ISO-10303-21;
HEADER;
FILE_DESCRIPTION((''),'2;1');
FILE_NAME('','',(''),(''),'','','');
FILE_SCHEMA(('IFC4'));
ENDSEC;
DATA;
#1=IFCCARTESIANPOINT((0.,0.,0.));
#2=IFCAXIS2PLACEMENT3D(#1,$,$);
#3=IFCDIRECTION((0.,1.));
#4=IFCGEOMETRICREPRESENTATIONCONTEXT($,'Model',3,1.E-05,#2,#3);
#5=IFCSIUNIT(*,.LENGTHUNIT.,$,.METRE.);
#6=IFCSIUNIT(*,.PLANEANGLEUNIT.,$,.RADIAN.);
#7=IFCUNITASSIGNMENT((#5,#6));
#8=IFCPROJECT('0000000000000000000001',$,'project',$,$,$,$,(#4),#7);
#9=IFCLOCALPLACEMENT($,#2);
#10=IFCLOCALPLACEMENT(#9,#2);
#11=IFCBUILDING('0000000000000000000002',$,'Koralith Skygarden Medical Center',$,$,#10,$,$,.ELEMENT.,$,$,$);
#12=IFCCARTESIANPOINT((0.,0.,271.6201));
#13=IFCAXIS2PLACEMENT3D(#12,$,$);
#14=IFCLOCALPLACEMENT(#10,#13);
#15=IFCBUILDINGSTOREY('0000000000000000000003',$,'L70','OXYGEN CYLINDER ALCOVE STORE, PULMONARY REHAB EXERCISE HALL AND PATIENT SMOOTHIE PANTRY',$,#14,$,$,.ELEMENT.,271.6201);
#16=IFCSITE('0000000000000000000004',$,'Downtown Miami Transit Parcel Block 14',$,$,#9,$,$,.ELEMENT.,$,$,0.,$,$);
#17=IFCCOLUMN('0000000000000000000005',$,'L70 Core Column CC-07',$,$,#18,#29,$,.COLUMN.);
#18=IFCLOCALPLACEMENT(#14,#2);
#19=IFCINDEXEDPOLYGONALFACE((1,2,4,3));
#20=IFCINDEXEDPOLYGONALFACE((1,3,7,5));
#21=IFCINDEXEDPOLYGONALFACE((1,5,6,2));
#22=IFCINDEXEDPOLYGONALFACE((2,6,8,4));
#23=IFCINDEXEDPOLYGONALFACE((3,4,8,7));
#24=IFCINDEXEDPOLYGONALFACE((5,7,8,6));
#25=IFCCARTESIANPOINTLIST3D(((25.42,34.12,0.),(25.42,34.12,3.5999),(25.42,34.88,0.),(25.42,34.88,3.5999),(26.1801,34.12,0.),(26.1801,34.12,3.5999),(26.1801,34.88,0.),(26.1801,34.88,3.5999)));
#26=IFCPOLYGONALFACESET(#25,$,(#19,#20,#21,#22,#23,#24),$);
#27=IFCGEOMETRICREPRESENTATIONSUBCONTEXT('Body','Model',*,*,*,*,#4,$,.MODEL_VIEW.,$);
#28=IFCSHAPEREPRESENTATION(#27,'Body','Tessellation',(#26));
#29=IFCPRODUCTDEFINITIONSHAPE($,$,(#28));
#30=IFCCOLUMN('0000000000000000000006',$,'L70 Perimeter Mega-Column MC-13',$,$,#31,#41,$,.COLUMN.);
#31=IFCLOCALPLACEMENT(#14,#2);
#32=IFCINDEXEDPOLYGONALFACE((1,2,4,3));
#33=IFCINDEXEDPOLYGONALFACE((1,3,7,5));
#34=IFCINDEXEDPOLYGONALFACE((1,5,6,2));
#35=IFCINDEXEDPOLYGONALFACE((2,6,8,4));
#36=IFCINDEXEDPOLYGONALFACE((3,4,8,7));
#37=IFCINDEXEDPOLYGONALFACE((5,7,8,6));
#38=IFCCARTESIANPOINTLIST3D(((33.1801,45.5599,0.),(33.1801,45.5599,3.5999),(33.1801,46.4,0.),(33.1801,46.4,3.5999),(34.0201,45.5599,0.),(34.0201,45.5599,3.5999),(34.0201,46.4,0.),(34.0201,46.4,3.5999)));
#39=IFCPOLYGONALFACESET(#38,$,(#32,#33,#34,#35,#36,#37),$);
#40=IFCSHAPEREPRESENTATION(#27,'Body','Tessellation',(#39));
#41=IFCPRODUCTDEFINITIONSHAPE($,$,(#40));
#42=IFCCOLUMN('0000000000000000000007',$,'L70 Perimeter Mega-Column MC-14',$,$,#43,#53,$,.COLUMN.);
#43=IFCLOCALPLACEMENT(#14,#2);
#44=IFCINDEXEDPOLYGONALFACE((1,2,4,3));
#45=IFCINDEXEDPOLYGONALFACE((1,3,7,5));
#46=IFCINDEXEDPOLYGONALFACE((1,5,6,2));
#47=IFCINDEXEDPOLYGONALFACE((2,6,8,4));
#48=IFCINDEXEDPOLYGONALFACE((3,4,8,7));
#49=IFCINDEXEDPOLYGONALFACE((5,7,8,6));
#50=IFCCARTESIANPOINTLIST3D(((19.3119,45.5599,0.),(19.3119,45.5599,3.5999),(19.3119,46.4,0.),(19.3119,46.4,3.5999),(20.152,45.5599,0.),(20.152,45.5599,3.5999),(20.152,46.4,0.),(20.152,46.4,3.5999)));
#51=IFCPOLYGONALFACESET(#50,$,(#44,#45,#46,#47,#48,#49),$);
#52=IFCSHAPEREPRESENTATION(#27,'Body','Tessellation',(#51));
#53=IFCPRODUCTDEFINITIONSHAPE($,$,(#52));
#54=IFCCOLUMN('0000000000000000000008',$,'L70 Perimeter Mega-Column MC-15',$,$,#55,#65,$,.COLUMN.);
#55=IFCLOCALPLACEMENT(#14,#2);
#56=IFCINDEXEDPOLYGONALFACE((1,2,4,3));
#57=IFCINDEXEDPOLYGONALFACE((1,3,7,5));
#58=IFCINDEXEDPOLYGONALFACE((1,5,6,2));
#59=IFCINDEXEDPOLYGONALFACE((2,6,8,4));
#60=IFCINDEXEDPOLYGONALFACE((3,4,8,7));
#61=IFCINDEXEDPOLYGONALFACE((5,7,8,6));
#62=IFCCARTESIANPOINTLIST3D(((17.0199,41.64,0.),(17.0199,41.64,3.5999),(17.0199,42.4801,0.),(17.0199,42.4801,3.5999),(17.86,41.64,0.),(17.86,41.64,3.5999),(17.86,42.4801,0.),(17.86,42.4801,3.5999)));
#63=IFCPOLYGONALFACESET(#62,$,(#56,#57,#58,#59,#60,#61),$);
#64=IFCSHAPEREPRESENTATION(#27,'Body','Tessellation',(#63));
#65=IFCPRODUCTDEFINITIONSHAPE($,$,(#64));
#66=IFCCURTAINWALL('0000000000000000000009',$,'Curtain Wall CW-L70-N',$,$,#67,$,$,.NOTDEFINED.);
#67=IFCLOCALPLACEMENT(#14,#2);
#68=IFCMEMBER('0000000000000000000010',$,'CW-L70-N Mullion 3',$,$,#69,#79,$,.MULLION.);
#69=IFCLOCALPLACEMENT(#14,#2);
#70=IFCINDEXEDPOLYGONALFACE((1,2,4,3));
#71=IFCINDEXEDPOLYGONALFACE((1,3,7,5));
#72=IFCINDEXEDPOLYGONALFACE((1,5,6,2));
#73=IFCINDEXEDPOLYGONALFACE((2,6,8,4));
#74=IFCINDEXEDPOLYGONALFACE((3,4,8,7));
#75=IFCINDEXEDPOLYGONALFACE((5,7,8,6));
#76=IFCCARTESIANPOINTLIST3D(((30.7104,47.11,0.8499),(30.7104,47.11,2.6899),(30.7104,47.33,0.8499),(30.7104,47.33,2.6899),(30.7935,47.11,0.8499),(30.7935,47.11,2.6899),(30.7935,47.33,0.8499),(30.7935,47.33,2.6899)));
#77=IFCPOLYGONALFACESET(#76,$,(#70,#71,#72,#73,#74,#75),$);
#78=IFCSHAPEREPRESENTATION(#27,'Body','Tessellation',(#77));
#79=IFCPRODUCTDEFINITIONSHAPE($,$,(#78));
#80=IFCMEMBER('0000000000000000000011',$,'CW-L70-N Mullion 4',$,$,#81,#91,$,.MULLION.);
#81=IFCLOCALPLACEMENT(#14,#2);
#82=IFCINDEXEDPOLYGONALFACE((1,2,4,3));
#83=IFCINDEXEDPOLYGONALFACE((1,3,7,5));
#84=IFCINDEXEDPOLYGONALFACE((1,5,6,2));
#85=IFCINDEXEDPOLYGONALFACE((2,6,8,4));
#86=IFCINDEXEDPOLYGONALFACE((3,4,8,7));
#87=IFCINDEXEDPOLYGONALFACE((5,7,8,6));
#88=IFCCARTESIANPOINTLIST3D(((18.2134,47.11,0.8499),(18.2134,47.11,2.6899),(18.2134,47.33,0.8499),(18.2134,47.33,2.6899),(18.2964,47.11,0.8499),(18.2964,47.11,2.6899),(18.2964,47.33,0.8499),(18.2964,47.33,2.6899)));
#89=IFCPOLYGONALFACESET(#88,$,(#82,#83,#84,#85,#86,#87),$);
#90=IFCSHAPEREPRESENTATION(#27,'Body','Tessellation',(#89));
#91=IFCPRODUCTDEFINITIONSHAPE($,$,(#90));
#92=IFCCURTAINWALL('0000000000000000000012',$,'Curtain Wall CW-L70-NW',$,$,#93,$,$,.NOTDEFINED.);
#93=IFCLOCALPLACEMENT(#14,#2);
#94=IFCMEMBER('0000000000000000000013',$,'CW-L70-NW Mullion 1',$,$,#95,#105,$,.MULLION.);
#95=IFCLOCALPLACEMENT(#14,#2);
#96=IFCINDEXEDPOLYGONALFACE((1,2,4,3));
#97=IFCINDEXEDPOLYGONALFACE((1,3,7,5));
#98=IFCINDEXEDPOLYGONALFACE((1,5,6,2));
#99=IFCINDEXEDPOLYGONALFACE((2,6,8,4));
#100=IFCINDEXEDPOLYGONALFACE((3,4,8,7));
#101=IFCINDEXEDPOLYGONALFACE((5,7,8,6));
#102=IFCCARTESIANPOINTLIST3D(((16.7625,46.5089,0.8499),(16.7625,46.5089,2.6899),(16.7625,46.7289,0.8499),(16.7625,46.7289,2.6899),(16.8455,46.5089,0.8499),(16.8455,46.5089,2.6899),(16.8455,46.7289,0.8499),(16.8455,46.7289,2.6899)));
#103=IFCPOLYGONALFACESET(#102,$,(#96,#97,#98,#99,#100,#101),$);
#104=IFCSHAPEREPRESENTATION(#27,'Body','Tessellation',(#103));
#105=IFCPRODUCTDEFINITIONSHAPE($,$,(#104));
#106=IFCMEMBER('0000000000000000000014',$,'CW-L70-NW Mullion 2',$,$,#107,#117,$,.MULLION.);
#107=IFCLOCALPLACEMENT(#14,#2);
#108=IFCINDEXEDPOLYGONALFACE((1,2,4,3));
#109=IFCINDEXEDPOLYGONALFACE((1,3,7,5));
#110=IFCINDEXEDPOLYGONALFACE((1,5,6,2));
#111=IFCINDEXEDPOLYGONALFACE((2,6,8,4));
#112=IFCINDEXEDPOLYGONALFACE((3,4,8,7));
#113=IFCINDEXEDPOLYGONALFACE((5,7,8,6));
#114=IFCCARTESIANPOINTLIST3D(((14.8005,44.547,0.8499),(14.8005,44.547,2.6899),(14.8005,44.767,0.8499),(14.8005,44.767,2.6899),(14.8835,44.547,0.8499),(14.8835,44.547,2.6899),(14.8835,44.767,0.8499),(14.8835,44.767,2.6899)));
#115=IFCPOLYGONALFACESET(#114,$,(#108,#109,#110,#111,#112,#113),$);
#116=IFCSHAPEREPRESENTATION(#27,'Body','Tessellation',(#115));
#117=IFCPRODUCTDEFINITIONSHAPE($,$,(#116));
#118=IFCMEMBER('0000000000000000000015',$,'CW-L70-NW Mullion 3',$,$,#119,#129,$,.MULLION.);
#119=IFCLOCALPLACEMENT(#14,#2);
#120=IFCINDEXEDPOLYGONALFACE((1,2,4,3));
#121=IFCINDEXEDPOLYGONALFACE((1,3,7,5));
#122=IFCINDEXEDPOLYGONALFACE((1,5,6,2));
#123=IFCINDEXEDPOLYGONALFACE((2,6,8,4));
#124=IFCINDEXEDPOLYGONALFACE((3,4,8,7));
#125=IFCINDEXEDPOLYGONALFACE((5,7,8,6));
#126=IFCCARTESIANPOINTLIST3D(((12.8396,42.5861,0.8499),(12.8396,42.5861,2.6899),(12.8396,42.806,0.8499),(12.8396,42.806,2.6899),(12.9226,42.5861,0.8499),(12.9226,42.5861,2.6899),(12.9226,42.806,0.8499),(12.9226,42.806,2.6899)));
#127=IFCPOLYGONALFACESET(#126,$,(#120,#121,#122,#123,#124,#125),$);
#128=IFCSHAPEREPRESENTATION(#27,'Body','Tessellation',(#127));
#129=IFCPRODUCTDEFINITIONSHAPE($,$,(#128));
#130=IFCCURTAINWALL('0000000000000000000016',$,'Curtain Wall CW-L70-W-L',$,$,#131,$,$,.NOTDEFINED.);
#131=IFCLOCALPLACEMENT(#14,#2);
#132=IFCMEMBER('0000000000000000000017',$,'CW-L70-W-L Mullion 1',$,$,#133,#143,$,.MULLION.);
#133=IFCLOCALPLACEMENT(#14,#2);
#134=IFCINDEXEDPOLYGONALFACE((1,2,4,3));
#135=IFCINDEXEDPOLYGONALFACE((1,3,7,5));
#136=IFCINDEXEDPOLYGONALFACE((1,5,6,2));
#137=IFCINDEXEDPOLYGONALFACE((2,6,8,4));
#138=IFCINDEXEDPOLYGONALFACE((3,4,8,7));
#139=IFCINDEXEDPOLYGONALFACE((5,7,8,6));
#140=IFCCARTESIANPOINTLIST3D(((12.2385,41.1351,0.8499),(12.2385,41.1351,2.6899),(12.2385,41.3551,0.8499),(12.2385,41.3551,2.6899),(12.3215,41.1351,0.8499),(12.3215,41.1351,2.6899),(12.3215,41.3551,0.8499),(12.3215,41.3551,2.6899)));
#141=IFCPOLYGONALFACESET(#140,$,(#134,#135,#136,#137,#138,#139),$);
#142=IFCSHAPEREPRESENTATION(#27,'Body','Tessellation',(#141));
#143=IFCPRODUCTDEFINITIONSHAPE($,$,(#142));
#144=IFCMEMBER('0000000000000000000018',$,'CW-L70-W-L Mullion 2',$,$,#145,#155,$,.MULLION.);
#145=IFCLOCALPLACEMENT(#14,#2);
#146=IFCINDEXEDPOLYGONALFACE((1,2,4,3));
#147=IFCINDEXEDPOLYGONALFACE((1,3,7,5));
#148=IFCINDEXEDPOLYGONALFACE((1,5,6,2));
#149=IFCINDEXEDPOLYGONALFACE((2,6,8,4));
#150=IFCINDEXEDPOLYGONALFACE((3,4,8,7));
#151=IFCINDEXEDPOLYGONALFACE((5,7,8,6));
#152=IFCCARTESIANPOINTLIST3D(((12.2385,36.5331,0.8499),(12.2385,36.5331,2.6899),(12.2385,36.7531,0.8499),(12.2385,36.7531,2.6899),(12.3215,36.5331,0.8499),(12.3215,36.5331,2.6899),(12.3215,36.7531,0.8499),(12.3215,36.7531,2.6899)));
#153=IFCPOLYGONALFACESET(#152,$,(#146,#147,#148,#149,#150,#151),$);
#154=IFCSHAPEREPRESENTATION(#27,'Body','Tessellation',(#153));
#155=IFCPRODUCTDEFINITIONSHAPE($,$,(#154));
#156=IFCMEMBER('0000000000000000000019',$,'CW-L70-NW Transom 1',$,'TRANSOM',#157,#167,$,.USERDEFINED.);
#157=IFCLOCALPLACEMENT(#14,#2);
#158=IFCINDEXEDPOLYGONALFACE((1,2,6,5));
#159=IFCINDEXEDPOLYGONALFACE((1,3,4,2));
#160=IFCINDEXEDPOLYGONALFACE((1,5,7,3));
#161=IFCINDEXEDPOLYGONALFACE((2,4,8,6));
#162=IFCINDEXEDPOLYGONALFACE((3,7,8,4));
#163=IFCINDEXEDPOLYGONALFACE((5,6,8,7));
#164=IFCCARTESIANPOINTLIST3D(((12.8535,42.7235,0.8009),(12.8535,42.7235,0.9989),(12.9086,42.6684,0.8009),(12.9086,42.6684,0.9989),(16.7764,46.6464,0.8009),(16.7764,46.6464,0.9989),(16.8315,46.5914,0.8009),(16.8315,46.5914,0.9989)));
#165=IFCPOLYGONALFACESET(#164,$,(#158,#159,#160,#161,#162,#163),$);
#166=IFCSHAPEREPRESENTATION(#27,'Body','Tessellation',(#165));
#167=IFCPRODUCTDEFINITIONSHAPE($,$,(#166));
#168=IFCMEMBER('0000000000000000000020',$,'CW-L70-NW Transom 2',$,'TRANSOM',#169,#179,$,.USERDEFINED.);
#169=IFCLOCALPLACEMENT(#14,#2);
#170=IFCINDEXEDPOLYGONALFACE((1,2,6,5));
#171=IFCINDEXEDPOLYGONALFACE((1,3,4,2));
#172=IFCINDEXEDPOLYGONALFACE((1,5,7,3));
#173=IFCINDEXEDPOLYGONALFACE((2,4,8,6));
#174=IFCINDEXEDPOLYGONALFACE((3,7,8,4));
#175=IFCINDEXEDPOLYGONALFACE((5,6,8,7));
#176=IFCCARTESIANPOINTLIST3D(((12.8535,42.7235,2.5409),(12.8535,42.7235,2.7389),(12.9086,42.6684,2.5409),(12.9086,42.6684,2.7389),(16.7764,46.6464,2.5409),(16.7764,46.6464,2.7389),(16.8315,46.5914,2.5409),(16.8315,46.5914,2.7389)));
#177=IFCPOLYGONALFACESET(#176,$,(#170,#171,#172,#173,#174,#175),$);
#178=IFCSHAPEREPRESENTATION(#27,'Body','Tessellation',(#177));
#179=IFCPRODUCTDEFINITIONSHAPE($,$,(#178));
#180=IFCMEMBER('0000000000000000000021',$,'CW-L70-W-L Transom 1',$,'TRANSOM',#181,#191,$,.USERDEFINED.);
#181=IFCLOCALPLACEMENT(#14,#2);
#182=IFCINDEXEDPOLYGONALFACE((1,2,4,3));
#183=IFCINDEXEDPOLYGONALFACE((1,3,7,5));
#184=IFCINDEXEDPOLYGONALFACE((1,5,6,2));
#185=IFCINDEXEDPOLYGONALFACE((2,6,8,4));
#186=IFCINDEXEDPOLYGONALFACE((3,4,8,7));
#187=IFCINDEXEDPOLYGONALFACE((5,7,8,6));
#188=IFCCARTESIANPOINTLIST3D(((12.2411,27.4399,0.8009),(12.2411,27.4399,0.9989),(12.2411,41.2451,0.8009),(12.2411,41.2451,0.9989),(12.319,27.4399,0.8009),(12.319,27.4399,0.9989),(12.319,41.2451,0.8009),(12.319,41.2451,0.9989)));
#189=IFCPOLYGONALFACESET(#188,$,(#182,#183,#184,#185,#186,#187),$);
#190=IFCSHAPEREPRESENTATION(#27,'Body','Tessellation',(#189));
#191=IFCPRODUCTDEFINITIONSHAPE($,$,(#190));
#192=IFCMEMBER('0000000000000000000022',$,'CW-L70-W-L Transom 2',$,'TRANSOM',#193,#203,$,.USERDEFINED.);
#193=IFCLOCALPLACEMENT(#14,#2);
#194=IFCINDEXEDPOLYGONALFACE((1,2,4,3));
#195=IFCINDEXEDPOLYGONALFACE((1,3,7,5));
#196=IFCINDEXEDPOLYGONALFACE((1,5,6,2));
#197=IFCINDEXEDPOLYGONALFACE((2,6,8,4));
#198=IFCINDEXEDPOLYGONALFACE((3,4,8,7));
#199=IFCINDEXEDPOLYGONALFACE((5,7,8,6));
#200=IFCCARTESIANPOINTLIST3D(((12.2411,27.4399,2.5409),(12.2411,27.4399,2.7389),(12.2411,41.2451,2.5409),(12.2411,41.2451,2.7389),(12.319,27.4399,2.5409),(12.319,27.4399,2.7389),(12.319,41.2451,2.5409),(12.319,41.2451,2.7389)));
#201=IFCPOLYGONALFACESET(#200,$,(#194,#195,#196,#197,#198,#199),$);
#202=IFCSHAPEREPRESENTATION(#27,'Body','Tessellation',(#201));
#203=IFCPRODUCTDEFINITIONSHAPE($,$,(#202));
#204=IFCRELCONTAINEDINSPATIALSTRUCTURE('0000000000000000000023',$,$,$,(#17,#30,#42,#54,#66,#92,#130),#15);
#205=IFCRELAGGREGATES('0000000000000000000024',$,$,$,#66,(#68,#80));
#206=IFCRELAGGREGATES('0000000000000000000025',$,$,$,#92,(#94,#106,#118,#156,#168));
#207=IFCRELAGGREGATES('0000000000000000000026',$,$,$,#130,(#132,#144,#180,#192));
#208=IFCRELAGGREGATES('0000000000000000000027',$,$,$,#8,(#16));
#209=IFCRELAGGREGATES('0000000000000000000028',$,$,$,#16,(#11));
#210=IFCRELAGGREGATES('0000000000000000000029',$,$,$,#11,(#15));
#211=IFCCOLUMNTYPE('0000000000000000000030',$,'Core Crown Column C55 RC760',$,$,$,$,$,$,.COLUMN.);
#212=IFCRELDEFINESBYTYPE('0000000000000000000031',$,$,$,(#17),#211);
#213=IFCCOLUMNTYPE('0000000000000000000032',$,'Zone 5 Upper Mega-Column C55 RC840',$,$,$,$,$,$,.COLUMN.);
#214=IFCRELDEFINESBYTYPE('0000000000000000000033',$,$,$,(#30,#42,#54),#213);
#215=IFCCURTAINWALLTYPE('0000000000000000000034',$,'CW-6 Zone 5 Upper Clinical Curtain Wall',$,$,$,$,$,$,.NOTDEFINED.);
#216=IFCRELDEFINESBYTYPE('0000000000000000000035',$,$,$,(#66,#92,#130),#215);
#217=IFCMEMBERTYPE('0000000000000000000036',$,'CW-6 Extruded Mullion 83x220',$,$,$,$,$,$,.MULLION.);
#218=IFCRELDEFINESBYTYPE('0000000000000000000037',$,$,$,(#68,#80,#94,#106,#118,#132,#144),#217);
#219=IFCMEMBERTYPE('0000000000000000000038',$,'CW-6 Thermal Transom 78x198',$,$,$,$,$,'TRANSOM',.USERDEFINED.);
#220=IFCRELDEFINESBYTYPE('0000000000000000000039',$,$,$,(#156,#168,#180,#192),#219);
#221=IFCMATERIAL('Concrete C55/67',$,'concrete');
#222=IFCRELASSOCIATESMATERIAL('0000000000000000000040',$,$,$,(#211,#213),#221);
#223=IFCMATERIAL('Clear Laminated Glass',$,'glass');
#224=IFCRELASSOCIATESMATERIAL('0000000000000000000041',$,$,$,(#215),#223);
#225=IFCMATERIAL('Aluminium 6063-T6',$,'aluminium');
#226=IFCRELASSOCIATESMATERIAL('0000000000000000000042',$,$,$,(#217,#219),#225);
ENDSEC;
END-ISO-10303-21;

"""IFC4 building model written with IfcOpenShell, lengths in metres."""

from ifc_helpers import new_model, si_unit, direction, frame, origin, origin_2d, place, context, subcontext, project, spatial, rectangle, extrude, material, material_profile, profile_set, type_object, element, aggregate, save


model = new_model("IFC4")

# Units and contexts
model_context = context("Model", 3, precision=1e-05, world=origin(), true_north=direction((0.0, 1.0)))
body_context = subcontext(model_context, "Body", "Model", "MODEL_VIEW")
ifc_project = project(units=[si_unit("LENGTHUNIT", "METRE"), si_unit("PLANEANGLEUNIT", "RADIAN")], contexts=[model_context])

# Site, building, storey
site_placement = place(None, origin())
site = spatial("IfcSite", under=ifc_project, at=site_placement, Name="Downtown Miami Transit Parcel Block 14", CompositionType="ELEMENT", RefElevation=0.0)
building_placement = place(site_placement, origin())
building = spatial("IfcBuilding", under=site, at=building_placement, Name="Koralith Skygarden Medical Center", CompositionType="ELEMENT")
storey_placement = place(building_placement, frame((0.0, 0.0, 271.6201)))
storey = spatial("IfcBuildingStorey", under=building, at=storey_placement, Name="L70", Description="OXYGEN CYLINDER ALCOVE STORE, PULMONARY REHAB EXERCISE HALL AND PATIENT SMOOTHIE PANTRY", CompositionType="ELEMENT", Elevation=271.6201)

# Columns
ifc_material_1 = material(Name="Concrete C55/67", Category="concrete")
ifc_material_profile_1 = material_profile(ifc_material_1, rectangle(XDim=0.76, YDim=0.76, at=origin_2d()), Name="RC760X760")
ifc_profile_set_1 = profile_set([ifc_material_profile_1], Name="Concrete C55/67")
column_type_1 = type_object("IfcColumnType", Name="Core Crown Column C55 RC760", PredefinedType="COLUMN", material=ifc_profile_set_1)
column_placement = place(storey_placement, frame((25.8, 34.5, 0.0), z_axis=(0.0, 0.0, 1.0), x_axis=(1.0, 0.0, 0.0)))
element("IfcColumn", 1, at=column_placement, inside=storey, type_object=column_type_1, Name="L70 Core Column CC-07", PredefinedType="COLUMN", context=body_context, shape_type="SweptSolid", body=[
    extrude(rectangle(XDim=0.76, YDim=0.76, at=origin_2d()), origin(), (0.0, 0.0, 1.0), 3.5999),
])
ifc_material_profile_2 = material_profile(ifc_material_1, rectangle(XDim=0.8401, YDim=0.8401, at=origin_2d()), Name="RC840X840")
ifc_profile_set_2 = profile_set([ifc_material_profile_2], Name="Concrete C55/67")
column_type_2 = type_object("IfcColumnType", Name="Zone 5 Upper Mega-Column C55 RC840", PredefinedType="COLUMN", material=ifc_profile_set_2)
for number, where, z_axis, x_axis, name in (
    (2, (33.6001, 45.98, 0.0), (0.0, 0.0, 1.0), (1.0, 0.0, 0.0), "L70 Perimeter Mega-Column MC-13"),
    (3, (19.7319, 45.98, 0.0), (0.0, 0.0, 1.0), (1.0, 0.0, 0.0), "L70 Perimeter Mega-Column MC-14"),
    (4, (17.4399, 42.0601, 0.0), (0.0, 0.0, 1.0), (1.0, 0.0, 0.0), "L70 Perimeter Mega-Column MC-15"),
):
    element("IfcColumn", number, at=place(storey_placement, frame(where, z_axis=z_axis, x_axis=x_axis)), inside=storey, type_object=column_type_2, Name=name, PredefinedType="COLUMN", context=body_context, shape_type="SweptSolid", body=[
        extrude(rectangle(XDim=0.8401, YDim=0.8401, at=origin_2d()), origin(), (0.0, 0.0, 1.0), 3.5999),
    ])

# Curtain walls, members
ifc_material_2 = material(Name="Clear Laminated Glass", Category="glass")
curtain_wall_type = type_object("IfcCurtainWallType", Name="CW-6 Zone 5 Upper Clinical Curtain Wall", PredefinedType="NOTDEFINED", material=ifc_material_2)
curtain_wall_1_placement = place(storey_placement, origin())
curtain_wall_1 = element("IfcCurtainWall", 5, at=curtain_wall_1_placement, inside=storey, type_object=curtain_wall_type, Name="Curtain Wall CW-L70-N", PredefinedType="NOTDEFINED")
ifc_material_3 = material(Name="Aluminium 6063-T6", Category="aluminium")
ifc_material_profile_3 = material_profile(ifc_material_3, rectangle(XDim=0.083, YDim=0.22, at=origin_2d()), Name="MUL83X220")
ifc_profile_set_3 = profile_set([ifc_material_profile_3], Name="Aluminium 6063-T6")
member_type_1 = type_object("IfcMemberType", Name="CW-6 Extruded Mullion 83x220", PredefinedType="MULLION", material=ifc_profile_set_3)
member_1_placement = place(storey_placement, frame((30.752, 47.22, 0.8499), z_axis=(0.0, 0.0, 1.0), x_axis=(1.0, 0.0, 0.0)))
member_1 = element("IfcMember", 6, at=member_1_placement, type_object=member_type_1, Name="CW-L70-N Mullion 3", PredefinedType="MULLION", context=body_context, shape_type="SweptSolid", body=[
    extrude(rectangle(XDim=0.083, YDim=0.22, at=origin_2d()), origin(), (0.0, 0.0, 1.0), 1.8401),
])
member_2_placement = place(storey_placement, frame((18.2549, 47.22, 0.8499), z_axis=(0.0, 0.0, 1.0), x_axis=(1.0, 0.0, 0.0)))
member_2 = element("IfcMember", 7, at=member_2_placement, type_object=member_type_1, Name="CW-L70-N Mullion 4", PredefinedType="MULLION", context=body_context, shape_type="SweptSolid", body=[
    extrude(rectangle(XDim=0.083, YDim=0.22, at=origin_2d()), origin(), (0.0, 0.0, 1.0), 1.8401),
])
curtain_wall_2_placement = place(storey_placement, origin())
curtain_wall_2 = element("IfcCurtainWall", 8, at=curtain_wall_2_placement, inside=storey, type_object=curtain_wall_type, Name="Curtain Wall CW-L70-NW", PredefinedType="NOTDEFINED")
member_3_placement = place(storey_placement, frame((16.804, 46.6189, 0.8499), z_axis=(0.0, 0.0, 1.0), x_axis=(1.0, 0.0, 0.0)))
member_3 = element("IfcMember", 9, at=member_3_placement, type_object=member_type_1, Name="CW-L70-NW Mullion 1", PredefinedType="MULLION", context=body_context, shape_type="SweptSolid", body=[
    extrude(rectangle(XDim=0.083, YDim=0.22, at=origin_2d()), origin(), (0.0, 0.0, 1.0), 1.8401),
])
member_4_placement = place(storey_placement, frame((14.842, 44.657, 0.8499), z_axis=(0.0, 0.0, 1.0), x_axis=(1.0, 0.0, 0.0)))
member_4 = element("IfcMember", 10, at=member_4_placement, type_object=member_type_1, Name="CW-L70-NW Mullion 2", PredefinedType="MULLION", context=body_context, shape_type="SweptSolid", body=[
    extrude(rectangle(XDim=0.083, YDim=0.22, at=origin_2d()), origin(), (0.0, 0.0, 1.0), 1.8401),
])
member_5_placement = place(storey_placement, frame((12.8811, 42.696, 0.8499), z_axis=(0.0, 0.0, 1.0), x_axis=(1.0, 0.0, 0.0)))
member_5 = element("IfcMember", 11, at=member_5_placement, type_object=member_type_1, Name="CW-L70-NW Mullion 3", PredefinedType="MULLION", context=body_context, shape_type="SweptSolid", body=[
    extrude(rectangle(XDim=0.083, YDim=0.22, at=origin_2d()), origin(), (0.0, 0.0, 1.0), 1.8401),
])
curtain_wall_3_placement = place(storey_placement, origin())
curtain_wall_3 = element("IfcCurtainWall", 12, at=curtain_wall_3_placement, inside=storey, type_object=curtain_wall_type, Name="Curtain Wall CW-L70-W-L", PredefinedType="NOTDEFINED")
member_6_placement = place(storey_placement, frame((12.28, 41.2451, 0.8499), z_axis=(0.0, 0.0, 1.0), x_axis=(1.0, 0.0, 0.0)))
member_6 = element("IfcMember", 13, at=member_6_placement, type_object=member_type_1, Name="CW-L70-W-L Mullion 1", PredefinedType="MULLION", context=body_context, shape_type="SweptSolid", body=[
    extrude(rectangle(XDim=0.083, YDim=0.22, at=origin_2d()), origin(), (0.0, 0.0, 1.0), 1.8401),
])
member_7_placement = place(storey_placement, frame((12.28, 36.6431, 0.8499), z_axis=(0.0, 0.0, 1.0), x_axis=(1.0, 0.0, 0.0)))
member_7 = element("IfcMember", 14, at=member_7_placement, type_object=member_type_1, Name="CW-L70-W-L Mullion 2", PredefinedType="MULLION", context=body_context, shape_type="SweptSolid", body=[
    extrude(rectangle(XDim=0.083, YDim=0.22, at=origin_2d()), origin(), (0.0, 0.0, 1.0), 1.8401),
])

# Members
ifc_material_profile_4 = material_profile(ifc_material_3, rectangle(XDim=0.0779, YDim=0.198, at=origin_2d()), Name="TRN78X198")
ifc_profile_set_4 = profile_set([ifc_material_profile_4], Name="Aluminium 6063-T6")
member_type_2 = type_object("IfcMemberType", Name="CW-6 Thermal Transom 78x198", ElementType="TRANSOM", PredefinedType="USERDEFINED", material=ifc_profile_set_4)
member_8_placement = place(storey_placement, frame((16.804, 46.6189, 0.8999), z_axis=(-0.707107, -0.707107, 0.0), x_axis=(0.707107, -0.707107, 0.0)))
member_8 = element("IfcMember", 15, at=member_8_placement, type_object=member_type_2, Name="CW-L70-NW Transom 1", ObjectType="TRANSOM", PredefinedType="USERDEFINED", context=body_context, shape_type="SweptSolid", body=[
    extrude(rectangle(XDim=0.0779, YDim=0.198, at=origin_2d()), origin(), (0.0, 0.0, 1.0), 5.5479),
])
member_9_placement = place(storey_placement, frame((16.804, 46.6189, 2.6399), z_axis=(-0.707107, -0.707107, 0.0), x_axis=(0.707107, -0.707107, 0.0)))
member_9 = element("IfcMember", 16, at=member_9_placement, type_object=member_type_2, Name="CW-L70-NW Transom 2", ObjectType="TRANSOM", PredefinedType="USERDEFINED", context=body_context, shape_type="SweptSolid", body=[
    extrude(rectangle(XDim=0.0779, YDim=0.198, at=origin_2d()), origin(), (0.0, 0.0, 1.0), 5.5479),
])
member_10_placement = place(storey_placement, frame((12.28, 41.2451, 0.8999), z_axis=(0.0, -1.0, 0.0), x_axis=(1.0, 0.0, 0.0)))
member_10 = element("IfcMember", 17, at=member_10_placement, type_object=member_type_2, Name="CW-L70-W-L Transom 1", ObjectType="TRANSOM", PredefinedType="USERDEFINED", context=body_context, shape_type="SweptSolid", body=[
    extrude(rectangle(XDim=0.0779, YDim=0.198, at=origin_2d()), origin(), (0.0, 0.0, 1.0), 13.8052),
])
member_11_placement = place(storey_placement, frame((12.28, 41.2451, 2.6399), z_axis=(0.0, -1.0, 0.0), x_axis=(1.0, 0.0, 0.0)))
member_11 = element("IfcMember", 18, at=member_11_placement, type_object=member_type_2, Name="CW-L70-W-L Transom 2", ObjectType="TRANSOM", PredefinedType="USERDEFINED", context=body_context, shape_type="SweptSolid", body=[
    extrude(rectangle(XDim=0.0779, YDim=0.198, at=origin_2d()), origin(), (0.0, 0.0, 1.0), 13.8052),
])

aggregate(curtain_wall_1, [member_1, member_2])
aggregate(curtain_wall_2, [member_3, member_4, member_5, member_8, member_9])
aggregate(curtain_wall_3, [member_6, member_7, member_10, member_11])

save(model, "model.ifc")
